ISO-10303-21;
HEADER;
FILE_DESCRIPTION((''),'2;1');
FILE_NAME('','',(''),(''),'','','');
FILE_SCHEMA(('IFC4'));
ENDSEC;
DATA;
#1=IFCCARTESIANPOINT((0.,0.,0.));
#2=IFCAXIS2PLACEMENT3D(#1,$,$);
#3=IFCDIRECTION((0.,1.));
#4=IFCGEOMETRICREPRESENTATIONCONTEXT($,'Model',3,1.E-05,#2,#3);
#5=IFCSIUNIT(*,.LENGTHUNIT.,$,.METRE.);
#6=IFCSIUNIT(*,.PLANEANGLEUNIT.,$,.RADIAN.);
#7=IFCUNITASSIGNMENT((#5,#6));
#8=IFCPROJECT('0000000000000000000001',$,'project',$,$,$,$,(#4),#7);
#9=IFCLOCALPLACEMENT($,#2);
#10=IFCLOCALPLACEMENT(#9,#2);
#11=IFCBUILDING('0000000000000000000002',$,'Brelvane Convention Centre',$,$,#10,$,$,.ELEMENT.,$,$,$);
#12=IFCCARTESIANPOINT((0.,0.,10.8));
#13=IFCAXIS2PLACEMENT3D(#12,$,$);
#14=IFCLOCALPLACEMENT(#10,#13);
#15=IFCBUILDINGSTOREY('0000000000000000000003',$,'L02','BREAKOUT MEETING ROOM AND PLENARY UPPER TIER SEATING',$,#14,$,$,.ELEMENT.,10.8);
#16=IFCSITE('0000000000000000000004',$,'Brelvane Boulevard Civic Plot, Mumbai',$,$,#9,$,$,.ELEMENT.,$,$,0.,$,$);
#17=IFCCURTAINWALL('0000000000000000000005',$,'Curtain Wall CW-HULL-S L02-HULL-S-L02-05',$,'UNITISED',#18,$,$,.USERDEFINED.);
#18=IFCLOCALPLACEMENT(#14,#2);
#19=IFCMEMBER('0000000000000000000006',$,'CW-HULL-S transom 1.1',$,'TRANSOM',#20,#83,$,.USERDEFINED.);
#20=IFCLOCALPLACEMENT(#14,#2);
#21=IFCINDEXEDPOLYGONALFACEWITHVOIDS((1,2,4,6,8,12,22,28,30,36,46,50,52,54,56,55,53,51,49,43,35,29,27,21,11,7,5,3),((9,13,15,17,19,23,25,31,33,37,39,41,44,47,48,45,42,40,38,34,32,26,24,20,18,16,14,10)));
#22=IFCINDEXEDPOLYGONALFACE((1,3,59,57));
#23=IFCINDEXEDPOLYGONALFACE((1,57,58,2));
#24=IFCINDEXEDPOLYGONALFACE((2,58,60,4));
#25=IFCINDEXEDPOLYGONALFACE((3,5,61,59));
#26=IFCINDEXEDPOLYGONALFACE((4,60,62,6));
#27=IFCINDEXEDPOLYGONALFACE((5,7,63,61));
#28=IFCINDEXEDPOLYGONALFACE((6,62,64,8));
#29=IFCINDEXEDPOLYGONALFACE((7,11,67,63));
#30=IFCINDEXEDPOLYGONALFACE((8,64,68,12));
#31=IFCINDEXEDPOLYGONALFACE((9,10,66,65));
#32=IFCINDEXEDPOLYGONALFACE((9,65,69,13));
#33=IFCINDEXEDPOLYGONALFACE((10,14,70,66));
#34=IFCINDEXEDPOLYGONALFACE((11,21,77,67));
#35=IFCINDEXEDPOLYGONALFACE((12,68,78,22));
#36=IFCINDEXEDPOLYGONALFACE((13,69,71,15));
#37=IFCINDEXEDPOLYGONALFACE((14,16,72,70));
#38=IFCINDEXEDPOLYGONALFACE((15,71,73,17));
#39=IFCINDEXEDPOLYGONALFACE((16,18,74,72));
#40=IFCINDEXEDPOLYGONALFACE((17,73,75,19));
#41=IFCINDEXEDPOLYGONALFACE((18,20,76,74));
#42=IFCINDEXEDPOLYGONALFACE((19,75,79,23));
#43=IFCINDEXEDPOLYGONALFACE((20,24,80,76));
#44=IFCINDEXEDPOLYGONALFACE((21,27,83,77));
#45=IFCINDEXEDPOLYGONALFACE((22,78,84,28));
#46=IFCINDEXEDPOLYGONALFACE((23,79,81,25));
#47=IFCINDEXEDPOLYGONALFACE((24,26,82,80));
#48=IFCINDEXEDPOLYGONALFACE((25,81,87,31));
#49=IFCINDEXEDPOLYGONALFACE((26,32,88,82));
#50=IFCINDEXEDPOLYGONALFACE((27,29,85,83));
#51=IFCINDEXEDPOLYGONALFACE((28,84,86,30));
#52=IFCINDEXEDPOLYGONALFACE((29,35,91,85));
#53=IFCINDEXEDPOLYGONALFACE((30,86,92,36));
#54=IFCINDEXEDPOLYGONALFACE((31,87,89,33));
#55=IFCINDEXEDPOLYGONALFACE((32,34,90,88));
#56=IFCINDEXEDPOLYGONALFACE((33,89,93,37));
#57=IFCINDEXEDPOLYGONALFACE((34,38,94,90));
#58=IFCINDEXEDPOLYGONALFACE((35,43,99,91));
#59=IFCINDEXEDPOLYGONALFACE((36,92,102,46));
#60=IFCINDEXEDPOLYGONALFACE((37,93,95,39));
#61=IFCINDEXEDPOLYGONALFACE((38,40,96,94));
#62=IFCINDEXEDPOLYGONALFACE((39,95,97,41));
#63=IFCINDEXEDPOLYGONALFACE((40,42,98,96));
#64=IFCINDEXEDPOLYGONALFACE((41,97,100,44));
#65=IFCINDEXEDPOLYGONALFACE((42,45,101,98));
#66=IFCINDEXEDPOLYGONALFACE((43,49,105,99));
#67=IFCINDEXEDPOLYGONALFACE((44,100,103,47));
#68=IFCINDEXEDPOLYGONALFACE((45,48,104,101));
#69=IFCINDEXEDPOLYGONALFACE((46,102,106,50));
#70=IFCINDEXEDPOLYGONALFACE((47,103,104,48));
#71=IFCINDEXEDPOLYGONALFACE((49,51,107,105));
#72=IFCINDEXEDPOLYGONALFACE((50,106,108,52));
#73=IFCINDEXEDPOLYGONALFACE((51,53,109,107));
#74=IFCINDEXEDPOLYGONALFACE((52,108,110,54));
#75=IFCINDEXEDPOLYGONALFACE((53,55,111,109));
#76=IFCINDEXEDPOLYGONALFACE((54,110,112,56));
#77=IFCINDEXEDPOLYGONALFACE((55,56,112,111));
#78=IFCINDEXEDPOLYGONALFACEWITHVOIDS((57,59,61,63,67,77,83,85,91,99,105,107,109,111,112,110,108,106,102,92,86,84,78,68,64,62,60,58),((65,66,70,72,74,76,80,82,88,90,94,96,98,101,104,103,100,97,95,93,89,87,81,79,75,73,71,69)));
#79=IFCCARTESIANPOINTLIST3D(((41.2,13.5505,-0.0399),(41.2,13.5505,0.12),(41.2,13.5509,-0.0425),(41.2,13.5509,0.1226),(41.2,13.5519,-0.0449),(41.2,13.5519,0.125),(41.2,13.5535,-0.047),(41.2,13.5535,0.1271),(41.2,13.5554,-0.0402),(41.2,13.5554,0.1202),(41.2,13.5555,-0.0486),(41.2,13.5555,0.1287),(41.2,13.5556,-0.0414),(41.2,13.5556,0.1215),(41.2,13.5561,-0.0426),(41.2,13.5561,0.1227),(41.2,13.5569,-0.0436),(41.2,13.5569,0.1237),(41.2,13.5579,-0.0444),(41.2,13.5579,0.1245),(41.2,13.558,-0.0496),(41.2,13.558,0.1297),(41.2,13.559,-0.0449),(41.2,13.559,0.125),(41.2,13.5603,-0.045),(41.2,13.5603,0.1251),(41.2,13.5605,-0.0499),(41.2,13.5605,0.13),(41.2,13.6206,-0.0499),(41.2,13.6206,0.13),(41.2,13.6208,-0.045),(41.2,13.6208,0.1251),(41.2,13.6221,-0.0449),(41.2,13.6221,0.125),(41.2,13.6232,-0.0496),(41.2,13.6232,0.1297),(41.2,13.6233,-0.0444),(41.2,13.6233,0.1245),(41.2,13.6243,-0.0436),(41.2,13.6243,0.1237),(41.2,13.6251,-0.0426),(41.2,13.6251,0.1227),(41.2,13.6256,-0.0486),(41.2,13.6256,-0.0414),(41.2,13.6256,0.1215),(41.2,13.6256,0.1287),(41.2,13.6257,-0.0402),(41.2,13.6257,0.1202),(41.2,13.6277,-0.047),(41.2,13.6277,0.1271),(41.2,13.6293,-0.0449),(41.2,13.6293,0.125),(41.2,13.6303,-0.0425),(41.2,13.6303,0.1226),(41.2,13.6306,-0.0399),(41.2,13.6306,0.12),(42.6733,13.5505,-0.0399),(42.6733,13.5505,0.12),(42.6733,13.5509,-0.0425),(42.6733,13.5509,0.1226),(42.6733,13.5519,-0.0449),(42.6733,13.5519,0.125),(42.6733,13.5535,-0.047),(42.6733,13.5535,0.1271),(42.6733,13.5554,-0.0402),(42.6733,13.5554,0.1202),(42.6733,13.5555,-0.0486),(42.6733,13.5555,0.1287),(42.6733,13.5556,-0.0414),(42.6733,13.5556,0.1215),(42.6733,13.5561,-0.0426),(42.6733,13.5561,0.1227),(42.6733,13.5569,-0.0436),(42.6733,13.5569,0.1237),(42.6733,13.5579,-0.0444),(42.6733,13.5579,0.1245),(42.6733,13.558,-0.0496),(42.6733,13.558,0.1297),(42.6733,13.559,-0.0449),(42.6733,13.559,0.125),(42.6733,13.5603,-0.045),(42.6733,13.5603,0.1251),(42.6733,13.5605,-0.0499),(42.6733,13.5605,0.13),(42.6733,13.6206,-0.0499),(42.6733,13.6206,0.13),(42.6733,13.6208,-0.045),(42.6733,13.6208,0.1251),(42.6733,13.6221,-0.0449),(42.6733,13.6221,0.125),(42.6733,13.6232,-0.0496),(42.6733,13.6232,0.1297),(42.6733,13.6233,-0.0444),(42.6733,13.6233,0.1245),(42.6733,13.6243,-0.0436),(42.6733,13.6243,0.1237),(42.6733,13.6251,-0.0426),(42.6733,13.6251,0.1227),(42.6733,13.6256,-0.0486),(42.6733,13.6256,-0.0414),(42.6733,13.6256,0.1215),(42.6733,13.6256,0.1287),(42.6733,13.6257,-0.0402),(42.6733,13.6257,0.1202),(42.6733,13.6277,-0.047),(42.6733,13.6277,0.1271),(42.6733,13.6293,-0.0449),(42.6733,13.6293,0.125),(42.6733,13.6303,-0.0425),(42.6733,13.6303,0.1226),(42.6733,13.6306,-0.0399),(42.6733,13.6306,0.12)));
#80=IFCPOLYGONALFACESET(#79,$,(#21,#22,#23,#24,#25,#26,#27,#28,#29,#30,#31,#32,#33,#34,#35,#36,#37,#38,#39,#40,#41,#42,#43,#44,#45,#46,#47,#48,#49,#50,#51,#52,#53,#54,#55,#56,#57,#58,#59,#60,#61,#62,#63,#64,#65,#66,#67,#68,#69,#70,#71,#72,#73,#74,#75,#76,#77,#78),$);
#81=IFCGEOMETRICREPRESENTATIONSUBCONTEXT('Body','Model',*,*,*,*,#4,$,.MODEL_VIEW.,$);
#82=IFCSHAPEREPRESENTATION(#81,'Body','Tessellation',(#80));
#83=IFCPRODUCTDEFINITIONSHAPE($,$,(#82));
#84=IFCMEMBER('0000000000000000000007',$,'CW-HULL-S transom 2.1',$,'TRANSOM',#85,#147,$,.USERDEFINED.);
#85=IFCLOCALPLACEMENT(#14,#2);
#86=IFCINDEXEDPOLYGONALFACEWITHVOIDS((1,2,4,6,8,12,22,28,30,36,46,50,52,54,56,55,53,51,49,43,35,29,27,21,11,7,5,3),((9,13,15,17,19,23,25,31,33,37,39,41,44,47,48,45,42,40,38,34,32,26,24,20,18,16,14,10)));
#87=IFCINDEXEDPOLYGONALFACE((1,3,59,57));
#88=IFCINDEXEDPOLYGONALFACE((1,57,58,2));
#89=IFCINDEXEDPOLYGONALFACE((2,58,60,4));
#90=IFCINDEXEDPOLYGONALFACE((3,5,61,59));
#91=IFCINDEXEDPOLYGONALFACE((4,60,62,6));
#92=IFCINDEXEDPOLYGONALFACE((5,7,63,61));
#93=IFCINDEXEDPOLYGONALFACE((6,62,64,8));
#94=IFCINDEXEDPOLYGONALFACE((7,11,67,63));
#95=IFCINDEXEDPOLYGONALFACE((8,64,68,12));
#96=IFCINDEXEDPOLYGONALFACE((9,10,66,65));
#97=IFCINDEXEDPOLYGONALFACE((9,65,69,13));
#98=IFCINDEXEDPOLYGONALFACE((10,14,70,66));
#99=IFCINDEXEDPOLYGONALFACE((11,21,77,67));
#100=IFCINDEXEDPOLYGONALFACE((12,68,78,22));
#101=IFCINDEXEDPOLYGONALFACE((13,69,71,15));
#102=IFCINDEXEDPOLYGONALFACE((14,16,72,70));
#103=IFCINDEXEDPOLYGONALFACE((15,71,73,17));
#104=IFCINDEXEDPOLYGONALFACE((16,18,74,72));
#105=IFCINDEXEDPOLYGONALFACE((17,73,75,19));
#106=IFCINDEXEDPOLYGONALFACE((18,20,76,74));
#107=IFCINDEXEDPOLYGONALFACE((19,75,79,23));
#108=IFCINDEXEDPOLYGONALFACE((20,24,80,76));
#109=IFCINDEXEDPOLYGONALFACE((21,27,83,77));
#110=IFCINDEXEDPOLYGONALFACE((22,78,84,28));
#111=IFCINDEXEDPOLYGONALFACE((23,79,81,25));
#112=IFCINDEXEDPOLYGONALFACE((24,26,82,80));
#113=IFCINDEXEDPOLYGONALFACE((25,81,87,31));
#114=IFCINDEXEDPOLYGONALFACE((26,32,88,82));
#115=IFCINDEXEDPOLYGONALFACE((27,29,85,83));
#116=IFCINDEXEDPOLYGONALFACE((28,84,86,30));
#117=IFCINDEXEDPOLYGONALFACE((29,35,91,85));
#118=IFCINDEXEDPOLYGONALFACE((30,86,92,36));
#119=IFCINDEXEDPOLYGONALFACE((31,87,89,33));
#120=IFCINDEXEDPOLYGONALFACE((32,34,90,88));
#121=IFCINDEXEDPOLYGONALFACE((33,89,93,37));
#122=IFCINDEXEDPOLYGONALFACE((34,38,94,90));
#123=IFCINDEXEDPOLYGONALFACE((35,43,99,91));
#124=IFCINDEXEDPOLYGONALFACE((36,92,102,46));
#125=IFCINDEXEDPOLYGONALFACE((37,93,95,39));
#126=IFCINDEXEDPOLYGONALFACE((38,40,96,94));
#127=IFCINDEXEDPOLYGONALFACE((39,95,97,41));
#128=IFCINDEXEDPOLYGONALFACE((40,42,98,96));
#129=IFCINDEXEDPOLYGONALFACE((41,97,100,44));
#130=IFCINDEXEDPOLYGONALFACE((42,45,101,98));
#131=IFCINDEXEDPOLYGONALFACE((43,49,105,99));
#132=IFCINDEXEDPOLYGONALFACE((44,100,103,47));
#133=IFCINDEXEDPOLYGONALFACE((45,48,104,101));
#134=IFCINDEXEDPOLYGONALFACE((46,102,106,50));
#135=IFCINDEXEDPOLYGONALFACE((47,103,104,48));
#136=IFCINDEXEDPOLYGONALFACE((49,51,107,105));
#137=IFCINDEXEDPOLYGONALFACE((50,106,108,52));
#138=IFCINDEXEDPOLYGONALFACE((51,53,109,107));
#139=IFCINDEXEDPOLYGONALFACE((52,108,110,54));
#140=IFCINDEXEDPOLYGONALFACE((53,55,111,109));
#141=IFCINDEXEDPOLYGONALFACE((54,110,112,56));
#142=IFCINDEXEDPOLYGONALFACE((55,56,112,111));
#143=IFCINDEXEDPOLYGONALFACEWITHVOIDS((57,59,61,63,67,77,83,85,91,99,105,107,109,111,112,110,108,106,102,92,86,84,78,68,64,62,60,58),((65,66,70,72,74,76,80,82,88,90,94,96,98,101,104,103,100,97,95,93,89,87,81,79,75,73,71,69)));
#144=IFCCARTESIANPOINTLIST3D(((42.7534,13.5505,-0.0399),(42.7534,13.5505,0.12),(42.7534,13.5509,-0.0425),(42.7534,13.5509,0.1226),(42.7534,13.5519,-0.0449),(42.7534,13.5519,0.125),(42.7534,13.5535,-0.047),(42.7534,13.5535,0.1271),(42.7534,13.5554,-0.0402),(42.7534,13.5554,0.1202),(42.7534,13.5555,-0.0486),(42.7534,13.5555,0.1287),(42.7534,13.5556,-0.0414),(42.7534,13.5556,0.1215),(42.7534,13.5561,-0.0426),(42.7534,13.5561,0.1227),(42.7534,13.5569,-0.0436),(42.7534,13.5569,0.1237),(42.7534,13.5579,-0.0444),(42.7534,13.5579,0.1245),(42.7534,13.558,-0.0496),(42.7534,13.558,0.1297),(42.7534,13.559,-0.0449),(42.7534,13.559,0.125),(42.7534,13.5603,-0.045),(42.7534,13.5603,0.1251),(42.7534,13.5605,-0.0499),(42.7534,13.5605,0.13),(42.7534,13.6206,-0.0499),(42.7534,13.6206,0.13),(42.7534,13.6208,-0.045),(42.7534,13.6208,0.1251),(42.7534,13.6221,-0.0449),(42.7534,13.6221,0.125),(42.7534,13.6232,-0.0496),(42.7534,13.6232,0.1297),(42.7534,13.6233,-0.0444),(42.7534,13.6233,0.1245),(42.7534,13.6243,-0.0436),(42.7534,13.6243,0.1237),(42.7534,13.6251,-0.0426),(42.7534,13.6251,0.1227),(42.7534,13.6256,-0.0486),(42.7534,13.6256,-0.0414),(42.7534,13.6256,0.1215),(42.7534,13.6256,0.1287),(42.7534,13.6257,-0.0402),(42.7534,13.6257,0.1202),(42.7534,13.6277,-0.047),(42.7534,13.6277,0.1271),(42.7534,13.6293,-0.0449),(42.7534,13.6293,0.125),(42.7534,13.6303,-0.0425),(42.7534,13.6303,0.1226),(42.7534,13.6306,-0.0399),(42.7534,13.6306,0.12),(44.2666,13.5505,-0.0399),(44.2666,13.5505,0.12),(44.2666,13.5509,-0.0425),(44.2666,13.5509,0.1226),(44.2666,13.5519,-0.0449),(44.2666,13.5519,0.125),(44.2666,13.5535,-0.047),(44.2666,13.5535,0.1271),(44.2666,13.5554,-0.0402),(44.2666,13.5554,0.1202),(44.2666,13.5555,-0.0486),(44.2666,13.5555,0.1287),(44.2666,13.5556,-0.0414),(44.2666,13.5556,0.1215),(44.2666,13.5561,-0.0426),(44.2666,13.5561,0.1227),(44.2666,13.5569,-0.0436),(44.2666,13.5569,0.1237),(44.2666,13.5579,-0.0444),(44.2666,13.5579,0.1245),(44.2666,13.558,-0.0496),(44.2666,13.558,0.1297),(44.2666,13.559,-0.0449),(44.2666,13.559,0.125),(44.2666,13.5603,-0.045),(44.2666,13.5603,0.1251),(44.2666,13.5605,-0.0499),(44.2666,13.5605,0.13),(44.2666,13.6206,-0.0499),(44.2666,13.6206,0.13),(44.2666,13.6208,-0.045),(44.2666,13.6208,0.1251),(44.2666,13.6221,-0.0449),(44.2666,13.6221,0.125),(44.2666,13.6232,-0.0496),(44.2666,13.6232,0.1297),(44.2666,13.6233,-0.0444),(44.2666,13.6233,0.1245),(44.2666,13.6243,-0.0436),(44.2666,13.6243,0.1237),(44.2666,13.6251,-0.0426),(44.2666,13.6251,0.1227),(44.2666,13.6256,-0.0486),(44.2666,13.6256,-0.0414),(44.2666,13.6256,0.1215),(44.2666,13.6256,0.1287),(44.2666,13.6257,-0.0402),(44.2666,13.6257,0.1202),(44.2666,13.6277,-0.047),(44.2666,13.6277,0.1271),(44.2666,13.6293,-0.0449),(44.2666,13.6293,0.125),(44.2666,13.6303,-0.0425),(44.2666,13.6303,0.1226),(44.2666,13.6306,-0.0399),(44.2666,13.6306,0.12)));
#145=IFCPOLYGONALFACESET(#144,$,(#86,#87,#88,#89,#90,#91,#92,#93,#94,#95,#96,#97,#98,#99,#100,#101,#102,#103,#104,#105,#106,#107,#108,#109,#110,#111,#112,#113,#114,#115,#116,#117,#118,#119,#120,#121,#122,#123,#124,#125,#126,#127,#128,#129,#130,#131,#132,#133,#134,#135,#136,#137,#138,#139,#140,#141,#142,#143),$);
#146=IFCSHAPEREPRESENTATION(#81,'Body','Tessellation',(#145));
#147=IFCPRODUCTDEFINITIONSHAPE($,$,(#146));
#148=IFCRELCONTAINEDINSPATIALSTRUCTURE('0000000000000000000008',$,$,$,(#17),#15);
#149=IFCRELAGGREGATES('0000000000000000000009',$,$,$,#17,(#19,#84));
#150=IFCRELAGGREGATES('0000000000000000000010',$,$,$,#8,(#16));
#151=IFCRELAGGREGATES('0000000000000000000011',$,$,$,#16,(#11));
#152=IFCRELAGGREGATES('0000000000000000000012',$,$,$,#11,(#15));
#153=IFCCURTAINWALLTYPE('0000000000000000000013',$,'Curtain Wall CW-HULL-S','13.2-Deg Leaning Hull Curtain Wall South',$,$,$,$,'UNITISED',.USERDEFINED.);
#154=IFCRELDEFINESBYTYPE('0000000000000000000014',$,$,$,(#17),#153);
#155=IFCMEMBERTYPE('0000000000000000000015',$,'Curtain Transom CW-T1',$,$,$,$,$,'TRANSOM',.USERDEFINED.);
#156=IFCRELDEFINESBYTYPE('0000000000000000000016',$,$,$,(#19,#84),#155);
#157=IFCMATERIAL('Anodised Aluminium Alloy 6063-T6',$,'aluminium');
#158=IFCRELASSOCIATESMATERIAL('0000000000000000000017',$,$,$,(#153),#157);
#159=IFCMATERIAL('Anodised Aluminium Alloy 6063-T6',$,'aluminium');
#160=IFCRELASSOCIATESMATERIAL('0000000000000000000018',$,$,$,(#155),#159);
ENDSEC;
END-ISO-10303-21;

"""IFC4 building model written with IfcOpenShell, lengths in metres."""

from ifc_helpers import new_model, si_unit, direction, frame, origin, origin_2d, place, context, subcontext, project, spatial, hollow_rectangle, extrude, material, material_profile, profile_set, type_object, element, aggregate, save


model = new_model("IFC4")

# Units and contexts
model_context = context("Model", 3, precision=1e-05, world=origin(), true_north=direction((0.0, 1.0)))
body_context = subcontext(model_context, "Body", "Model", "MODEL_VIEW")
ifc_project = project(units=[si_unit("LENGTHUNIT", "METRE"), si_unit("PLANEANGLEUNIT", "RADIAN")], contexts=[model_context])

# Site, building, storey
site_placement = place(None, origin())
site = spatial("IfcSite", under=ifc_project, at=site_placement, Name="Brelvane Boulevard Civic Plot, Mumbai", CompositionType="ELEMENT", RefElevation=0.0)
building_placement = place(site_placement, origin())
building = spatial("IfcBuilding", under=site, at=building_placement, Name="Brelvane Convention Centre", CompositionType="ELEMENT")
storey_placement = place(building_placement, frame((0.0, 0.0, 10.8)))
storey = spatial("IfcBuildingStorey", under=building, at=storey_placement, Name="L02", Description="BREAKOUT MEETING ROOM AND PLENARY UPPER TIER SEATING", CompositionType="ELEMENT", Elevation=10.8)

# Curtain wall, members
ifc_material_1 = material(Name="Anodised Aluminium Alloy 6063-T6", Category="aluminium")
curtain_wall_type = type_object("IfcCurtainWallType", Name="Curtain Wall CW-HULL-S", Description="13.2-Deg Leaning Hull Curtain Wall South", ElementType="UNITISED", PredefinedType="USERDEFINED", material=ifc_material_1)
curtain_wall_placement = place(storey_placement, origin())
curtain_wall = element("IfcCurtainWall", 1, at=curtain_wall_placement, inside=storey, type_object=curtain_wall_type, Name="Curtain Wall CW-HULL-S L02-HULL-S-L02-05", ObjectType="UNITISED", PredefinedType="USERDEFINED")
ifc_material_2 = material(Name="Anodised Aluminium Alloy 6063-T6", Category="aluminium")
ifc_material_profile_1 = material_profile(ifc_material_2, hollow_rectangle(XDim=0.0801, YDim=0.1799, WallThickness=0.0049, InnerFilletRadius=0.0049, OuterFilletRadius=0.01, at=origin_2d()), Name="ALU-T 180x80x5.0")
ifc_profile_set_1 = profile_set([ifc_material_profile_1], Name="Anodised Aluminium Alloy 6063-T6")
member_type_1 = type_object("IfcMemberType", Name="Curtain Transom CW-T1", ElementType="TRANSOM", PredefinedType="USERDEFINED", material=ifc_profile_set_1)
member_1_placement = place(storey_placement, frame((41.2, 13.5906, 0.04), z_axis=(1.0, 0.0, 0.0), x_axis=(0.0, 1.0, 0.0)))
member_1 = element("IfcMember", 2, at=member_1_placement, type_object=member_type_1, Name="CW-HULL-S transom 1.1", ObjectType="TRANSOM", PredefinedType="USERDEFINED", context=body_context, shape_type="SweptSolid", body=[
    extrude(hollow_rectangle(XDim=0.0801, YDim=0.1799, WallThickness=0.0049, InnerFilletRadius=0.0049, OuterFilletRadius=0.01, at=origin_2d()), origin(), (0.0, 0.0, 1.0), 1.4734),
])
member_2_placement = place(storey_placement, frame((42.7534, 13.5906, 0.04), z_axis=(1.0, 0.0, 0.0), x_axis=(0.0, 1.0, 0.0)))
member_2 = element("IfcMember", 3, at=member_2_placement, type_object=member_type_1, Name="CW-HULL-S transom 2.1", ObjectType="TRANSOM", PredefinedType="USERDEFINED", context=body_context, shape_type="SweptSolid", body=[
    extrude(hollow_rectangle(XDim=0.0801, YDim=0.1799, WallThickness=0.0049, InnerFilletRadius=0.0049, OuterFilletRadius=0.01, at=origin_2d()), origin(), (0.0, 0.0, 1.0), 1.5132),
])

aggregate(curtain_wall, [member_1, member_2])

save(model, "model.ifc")
